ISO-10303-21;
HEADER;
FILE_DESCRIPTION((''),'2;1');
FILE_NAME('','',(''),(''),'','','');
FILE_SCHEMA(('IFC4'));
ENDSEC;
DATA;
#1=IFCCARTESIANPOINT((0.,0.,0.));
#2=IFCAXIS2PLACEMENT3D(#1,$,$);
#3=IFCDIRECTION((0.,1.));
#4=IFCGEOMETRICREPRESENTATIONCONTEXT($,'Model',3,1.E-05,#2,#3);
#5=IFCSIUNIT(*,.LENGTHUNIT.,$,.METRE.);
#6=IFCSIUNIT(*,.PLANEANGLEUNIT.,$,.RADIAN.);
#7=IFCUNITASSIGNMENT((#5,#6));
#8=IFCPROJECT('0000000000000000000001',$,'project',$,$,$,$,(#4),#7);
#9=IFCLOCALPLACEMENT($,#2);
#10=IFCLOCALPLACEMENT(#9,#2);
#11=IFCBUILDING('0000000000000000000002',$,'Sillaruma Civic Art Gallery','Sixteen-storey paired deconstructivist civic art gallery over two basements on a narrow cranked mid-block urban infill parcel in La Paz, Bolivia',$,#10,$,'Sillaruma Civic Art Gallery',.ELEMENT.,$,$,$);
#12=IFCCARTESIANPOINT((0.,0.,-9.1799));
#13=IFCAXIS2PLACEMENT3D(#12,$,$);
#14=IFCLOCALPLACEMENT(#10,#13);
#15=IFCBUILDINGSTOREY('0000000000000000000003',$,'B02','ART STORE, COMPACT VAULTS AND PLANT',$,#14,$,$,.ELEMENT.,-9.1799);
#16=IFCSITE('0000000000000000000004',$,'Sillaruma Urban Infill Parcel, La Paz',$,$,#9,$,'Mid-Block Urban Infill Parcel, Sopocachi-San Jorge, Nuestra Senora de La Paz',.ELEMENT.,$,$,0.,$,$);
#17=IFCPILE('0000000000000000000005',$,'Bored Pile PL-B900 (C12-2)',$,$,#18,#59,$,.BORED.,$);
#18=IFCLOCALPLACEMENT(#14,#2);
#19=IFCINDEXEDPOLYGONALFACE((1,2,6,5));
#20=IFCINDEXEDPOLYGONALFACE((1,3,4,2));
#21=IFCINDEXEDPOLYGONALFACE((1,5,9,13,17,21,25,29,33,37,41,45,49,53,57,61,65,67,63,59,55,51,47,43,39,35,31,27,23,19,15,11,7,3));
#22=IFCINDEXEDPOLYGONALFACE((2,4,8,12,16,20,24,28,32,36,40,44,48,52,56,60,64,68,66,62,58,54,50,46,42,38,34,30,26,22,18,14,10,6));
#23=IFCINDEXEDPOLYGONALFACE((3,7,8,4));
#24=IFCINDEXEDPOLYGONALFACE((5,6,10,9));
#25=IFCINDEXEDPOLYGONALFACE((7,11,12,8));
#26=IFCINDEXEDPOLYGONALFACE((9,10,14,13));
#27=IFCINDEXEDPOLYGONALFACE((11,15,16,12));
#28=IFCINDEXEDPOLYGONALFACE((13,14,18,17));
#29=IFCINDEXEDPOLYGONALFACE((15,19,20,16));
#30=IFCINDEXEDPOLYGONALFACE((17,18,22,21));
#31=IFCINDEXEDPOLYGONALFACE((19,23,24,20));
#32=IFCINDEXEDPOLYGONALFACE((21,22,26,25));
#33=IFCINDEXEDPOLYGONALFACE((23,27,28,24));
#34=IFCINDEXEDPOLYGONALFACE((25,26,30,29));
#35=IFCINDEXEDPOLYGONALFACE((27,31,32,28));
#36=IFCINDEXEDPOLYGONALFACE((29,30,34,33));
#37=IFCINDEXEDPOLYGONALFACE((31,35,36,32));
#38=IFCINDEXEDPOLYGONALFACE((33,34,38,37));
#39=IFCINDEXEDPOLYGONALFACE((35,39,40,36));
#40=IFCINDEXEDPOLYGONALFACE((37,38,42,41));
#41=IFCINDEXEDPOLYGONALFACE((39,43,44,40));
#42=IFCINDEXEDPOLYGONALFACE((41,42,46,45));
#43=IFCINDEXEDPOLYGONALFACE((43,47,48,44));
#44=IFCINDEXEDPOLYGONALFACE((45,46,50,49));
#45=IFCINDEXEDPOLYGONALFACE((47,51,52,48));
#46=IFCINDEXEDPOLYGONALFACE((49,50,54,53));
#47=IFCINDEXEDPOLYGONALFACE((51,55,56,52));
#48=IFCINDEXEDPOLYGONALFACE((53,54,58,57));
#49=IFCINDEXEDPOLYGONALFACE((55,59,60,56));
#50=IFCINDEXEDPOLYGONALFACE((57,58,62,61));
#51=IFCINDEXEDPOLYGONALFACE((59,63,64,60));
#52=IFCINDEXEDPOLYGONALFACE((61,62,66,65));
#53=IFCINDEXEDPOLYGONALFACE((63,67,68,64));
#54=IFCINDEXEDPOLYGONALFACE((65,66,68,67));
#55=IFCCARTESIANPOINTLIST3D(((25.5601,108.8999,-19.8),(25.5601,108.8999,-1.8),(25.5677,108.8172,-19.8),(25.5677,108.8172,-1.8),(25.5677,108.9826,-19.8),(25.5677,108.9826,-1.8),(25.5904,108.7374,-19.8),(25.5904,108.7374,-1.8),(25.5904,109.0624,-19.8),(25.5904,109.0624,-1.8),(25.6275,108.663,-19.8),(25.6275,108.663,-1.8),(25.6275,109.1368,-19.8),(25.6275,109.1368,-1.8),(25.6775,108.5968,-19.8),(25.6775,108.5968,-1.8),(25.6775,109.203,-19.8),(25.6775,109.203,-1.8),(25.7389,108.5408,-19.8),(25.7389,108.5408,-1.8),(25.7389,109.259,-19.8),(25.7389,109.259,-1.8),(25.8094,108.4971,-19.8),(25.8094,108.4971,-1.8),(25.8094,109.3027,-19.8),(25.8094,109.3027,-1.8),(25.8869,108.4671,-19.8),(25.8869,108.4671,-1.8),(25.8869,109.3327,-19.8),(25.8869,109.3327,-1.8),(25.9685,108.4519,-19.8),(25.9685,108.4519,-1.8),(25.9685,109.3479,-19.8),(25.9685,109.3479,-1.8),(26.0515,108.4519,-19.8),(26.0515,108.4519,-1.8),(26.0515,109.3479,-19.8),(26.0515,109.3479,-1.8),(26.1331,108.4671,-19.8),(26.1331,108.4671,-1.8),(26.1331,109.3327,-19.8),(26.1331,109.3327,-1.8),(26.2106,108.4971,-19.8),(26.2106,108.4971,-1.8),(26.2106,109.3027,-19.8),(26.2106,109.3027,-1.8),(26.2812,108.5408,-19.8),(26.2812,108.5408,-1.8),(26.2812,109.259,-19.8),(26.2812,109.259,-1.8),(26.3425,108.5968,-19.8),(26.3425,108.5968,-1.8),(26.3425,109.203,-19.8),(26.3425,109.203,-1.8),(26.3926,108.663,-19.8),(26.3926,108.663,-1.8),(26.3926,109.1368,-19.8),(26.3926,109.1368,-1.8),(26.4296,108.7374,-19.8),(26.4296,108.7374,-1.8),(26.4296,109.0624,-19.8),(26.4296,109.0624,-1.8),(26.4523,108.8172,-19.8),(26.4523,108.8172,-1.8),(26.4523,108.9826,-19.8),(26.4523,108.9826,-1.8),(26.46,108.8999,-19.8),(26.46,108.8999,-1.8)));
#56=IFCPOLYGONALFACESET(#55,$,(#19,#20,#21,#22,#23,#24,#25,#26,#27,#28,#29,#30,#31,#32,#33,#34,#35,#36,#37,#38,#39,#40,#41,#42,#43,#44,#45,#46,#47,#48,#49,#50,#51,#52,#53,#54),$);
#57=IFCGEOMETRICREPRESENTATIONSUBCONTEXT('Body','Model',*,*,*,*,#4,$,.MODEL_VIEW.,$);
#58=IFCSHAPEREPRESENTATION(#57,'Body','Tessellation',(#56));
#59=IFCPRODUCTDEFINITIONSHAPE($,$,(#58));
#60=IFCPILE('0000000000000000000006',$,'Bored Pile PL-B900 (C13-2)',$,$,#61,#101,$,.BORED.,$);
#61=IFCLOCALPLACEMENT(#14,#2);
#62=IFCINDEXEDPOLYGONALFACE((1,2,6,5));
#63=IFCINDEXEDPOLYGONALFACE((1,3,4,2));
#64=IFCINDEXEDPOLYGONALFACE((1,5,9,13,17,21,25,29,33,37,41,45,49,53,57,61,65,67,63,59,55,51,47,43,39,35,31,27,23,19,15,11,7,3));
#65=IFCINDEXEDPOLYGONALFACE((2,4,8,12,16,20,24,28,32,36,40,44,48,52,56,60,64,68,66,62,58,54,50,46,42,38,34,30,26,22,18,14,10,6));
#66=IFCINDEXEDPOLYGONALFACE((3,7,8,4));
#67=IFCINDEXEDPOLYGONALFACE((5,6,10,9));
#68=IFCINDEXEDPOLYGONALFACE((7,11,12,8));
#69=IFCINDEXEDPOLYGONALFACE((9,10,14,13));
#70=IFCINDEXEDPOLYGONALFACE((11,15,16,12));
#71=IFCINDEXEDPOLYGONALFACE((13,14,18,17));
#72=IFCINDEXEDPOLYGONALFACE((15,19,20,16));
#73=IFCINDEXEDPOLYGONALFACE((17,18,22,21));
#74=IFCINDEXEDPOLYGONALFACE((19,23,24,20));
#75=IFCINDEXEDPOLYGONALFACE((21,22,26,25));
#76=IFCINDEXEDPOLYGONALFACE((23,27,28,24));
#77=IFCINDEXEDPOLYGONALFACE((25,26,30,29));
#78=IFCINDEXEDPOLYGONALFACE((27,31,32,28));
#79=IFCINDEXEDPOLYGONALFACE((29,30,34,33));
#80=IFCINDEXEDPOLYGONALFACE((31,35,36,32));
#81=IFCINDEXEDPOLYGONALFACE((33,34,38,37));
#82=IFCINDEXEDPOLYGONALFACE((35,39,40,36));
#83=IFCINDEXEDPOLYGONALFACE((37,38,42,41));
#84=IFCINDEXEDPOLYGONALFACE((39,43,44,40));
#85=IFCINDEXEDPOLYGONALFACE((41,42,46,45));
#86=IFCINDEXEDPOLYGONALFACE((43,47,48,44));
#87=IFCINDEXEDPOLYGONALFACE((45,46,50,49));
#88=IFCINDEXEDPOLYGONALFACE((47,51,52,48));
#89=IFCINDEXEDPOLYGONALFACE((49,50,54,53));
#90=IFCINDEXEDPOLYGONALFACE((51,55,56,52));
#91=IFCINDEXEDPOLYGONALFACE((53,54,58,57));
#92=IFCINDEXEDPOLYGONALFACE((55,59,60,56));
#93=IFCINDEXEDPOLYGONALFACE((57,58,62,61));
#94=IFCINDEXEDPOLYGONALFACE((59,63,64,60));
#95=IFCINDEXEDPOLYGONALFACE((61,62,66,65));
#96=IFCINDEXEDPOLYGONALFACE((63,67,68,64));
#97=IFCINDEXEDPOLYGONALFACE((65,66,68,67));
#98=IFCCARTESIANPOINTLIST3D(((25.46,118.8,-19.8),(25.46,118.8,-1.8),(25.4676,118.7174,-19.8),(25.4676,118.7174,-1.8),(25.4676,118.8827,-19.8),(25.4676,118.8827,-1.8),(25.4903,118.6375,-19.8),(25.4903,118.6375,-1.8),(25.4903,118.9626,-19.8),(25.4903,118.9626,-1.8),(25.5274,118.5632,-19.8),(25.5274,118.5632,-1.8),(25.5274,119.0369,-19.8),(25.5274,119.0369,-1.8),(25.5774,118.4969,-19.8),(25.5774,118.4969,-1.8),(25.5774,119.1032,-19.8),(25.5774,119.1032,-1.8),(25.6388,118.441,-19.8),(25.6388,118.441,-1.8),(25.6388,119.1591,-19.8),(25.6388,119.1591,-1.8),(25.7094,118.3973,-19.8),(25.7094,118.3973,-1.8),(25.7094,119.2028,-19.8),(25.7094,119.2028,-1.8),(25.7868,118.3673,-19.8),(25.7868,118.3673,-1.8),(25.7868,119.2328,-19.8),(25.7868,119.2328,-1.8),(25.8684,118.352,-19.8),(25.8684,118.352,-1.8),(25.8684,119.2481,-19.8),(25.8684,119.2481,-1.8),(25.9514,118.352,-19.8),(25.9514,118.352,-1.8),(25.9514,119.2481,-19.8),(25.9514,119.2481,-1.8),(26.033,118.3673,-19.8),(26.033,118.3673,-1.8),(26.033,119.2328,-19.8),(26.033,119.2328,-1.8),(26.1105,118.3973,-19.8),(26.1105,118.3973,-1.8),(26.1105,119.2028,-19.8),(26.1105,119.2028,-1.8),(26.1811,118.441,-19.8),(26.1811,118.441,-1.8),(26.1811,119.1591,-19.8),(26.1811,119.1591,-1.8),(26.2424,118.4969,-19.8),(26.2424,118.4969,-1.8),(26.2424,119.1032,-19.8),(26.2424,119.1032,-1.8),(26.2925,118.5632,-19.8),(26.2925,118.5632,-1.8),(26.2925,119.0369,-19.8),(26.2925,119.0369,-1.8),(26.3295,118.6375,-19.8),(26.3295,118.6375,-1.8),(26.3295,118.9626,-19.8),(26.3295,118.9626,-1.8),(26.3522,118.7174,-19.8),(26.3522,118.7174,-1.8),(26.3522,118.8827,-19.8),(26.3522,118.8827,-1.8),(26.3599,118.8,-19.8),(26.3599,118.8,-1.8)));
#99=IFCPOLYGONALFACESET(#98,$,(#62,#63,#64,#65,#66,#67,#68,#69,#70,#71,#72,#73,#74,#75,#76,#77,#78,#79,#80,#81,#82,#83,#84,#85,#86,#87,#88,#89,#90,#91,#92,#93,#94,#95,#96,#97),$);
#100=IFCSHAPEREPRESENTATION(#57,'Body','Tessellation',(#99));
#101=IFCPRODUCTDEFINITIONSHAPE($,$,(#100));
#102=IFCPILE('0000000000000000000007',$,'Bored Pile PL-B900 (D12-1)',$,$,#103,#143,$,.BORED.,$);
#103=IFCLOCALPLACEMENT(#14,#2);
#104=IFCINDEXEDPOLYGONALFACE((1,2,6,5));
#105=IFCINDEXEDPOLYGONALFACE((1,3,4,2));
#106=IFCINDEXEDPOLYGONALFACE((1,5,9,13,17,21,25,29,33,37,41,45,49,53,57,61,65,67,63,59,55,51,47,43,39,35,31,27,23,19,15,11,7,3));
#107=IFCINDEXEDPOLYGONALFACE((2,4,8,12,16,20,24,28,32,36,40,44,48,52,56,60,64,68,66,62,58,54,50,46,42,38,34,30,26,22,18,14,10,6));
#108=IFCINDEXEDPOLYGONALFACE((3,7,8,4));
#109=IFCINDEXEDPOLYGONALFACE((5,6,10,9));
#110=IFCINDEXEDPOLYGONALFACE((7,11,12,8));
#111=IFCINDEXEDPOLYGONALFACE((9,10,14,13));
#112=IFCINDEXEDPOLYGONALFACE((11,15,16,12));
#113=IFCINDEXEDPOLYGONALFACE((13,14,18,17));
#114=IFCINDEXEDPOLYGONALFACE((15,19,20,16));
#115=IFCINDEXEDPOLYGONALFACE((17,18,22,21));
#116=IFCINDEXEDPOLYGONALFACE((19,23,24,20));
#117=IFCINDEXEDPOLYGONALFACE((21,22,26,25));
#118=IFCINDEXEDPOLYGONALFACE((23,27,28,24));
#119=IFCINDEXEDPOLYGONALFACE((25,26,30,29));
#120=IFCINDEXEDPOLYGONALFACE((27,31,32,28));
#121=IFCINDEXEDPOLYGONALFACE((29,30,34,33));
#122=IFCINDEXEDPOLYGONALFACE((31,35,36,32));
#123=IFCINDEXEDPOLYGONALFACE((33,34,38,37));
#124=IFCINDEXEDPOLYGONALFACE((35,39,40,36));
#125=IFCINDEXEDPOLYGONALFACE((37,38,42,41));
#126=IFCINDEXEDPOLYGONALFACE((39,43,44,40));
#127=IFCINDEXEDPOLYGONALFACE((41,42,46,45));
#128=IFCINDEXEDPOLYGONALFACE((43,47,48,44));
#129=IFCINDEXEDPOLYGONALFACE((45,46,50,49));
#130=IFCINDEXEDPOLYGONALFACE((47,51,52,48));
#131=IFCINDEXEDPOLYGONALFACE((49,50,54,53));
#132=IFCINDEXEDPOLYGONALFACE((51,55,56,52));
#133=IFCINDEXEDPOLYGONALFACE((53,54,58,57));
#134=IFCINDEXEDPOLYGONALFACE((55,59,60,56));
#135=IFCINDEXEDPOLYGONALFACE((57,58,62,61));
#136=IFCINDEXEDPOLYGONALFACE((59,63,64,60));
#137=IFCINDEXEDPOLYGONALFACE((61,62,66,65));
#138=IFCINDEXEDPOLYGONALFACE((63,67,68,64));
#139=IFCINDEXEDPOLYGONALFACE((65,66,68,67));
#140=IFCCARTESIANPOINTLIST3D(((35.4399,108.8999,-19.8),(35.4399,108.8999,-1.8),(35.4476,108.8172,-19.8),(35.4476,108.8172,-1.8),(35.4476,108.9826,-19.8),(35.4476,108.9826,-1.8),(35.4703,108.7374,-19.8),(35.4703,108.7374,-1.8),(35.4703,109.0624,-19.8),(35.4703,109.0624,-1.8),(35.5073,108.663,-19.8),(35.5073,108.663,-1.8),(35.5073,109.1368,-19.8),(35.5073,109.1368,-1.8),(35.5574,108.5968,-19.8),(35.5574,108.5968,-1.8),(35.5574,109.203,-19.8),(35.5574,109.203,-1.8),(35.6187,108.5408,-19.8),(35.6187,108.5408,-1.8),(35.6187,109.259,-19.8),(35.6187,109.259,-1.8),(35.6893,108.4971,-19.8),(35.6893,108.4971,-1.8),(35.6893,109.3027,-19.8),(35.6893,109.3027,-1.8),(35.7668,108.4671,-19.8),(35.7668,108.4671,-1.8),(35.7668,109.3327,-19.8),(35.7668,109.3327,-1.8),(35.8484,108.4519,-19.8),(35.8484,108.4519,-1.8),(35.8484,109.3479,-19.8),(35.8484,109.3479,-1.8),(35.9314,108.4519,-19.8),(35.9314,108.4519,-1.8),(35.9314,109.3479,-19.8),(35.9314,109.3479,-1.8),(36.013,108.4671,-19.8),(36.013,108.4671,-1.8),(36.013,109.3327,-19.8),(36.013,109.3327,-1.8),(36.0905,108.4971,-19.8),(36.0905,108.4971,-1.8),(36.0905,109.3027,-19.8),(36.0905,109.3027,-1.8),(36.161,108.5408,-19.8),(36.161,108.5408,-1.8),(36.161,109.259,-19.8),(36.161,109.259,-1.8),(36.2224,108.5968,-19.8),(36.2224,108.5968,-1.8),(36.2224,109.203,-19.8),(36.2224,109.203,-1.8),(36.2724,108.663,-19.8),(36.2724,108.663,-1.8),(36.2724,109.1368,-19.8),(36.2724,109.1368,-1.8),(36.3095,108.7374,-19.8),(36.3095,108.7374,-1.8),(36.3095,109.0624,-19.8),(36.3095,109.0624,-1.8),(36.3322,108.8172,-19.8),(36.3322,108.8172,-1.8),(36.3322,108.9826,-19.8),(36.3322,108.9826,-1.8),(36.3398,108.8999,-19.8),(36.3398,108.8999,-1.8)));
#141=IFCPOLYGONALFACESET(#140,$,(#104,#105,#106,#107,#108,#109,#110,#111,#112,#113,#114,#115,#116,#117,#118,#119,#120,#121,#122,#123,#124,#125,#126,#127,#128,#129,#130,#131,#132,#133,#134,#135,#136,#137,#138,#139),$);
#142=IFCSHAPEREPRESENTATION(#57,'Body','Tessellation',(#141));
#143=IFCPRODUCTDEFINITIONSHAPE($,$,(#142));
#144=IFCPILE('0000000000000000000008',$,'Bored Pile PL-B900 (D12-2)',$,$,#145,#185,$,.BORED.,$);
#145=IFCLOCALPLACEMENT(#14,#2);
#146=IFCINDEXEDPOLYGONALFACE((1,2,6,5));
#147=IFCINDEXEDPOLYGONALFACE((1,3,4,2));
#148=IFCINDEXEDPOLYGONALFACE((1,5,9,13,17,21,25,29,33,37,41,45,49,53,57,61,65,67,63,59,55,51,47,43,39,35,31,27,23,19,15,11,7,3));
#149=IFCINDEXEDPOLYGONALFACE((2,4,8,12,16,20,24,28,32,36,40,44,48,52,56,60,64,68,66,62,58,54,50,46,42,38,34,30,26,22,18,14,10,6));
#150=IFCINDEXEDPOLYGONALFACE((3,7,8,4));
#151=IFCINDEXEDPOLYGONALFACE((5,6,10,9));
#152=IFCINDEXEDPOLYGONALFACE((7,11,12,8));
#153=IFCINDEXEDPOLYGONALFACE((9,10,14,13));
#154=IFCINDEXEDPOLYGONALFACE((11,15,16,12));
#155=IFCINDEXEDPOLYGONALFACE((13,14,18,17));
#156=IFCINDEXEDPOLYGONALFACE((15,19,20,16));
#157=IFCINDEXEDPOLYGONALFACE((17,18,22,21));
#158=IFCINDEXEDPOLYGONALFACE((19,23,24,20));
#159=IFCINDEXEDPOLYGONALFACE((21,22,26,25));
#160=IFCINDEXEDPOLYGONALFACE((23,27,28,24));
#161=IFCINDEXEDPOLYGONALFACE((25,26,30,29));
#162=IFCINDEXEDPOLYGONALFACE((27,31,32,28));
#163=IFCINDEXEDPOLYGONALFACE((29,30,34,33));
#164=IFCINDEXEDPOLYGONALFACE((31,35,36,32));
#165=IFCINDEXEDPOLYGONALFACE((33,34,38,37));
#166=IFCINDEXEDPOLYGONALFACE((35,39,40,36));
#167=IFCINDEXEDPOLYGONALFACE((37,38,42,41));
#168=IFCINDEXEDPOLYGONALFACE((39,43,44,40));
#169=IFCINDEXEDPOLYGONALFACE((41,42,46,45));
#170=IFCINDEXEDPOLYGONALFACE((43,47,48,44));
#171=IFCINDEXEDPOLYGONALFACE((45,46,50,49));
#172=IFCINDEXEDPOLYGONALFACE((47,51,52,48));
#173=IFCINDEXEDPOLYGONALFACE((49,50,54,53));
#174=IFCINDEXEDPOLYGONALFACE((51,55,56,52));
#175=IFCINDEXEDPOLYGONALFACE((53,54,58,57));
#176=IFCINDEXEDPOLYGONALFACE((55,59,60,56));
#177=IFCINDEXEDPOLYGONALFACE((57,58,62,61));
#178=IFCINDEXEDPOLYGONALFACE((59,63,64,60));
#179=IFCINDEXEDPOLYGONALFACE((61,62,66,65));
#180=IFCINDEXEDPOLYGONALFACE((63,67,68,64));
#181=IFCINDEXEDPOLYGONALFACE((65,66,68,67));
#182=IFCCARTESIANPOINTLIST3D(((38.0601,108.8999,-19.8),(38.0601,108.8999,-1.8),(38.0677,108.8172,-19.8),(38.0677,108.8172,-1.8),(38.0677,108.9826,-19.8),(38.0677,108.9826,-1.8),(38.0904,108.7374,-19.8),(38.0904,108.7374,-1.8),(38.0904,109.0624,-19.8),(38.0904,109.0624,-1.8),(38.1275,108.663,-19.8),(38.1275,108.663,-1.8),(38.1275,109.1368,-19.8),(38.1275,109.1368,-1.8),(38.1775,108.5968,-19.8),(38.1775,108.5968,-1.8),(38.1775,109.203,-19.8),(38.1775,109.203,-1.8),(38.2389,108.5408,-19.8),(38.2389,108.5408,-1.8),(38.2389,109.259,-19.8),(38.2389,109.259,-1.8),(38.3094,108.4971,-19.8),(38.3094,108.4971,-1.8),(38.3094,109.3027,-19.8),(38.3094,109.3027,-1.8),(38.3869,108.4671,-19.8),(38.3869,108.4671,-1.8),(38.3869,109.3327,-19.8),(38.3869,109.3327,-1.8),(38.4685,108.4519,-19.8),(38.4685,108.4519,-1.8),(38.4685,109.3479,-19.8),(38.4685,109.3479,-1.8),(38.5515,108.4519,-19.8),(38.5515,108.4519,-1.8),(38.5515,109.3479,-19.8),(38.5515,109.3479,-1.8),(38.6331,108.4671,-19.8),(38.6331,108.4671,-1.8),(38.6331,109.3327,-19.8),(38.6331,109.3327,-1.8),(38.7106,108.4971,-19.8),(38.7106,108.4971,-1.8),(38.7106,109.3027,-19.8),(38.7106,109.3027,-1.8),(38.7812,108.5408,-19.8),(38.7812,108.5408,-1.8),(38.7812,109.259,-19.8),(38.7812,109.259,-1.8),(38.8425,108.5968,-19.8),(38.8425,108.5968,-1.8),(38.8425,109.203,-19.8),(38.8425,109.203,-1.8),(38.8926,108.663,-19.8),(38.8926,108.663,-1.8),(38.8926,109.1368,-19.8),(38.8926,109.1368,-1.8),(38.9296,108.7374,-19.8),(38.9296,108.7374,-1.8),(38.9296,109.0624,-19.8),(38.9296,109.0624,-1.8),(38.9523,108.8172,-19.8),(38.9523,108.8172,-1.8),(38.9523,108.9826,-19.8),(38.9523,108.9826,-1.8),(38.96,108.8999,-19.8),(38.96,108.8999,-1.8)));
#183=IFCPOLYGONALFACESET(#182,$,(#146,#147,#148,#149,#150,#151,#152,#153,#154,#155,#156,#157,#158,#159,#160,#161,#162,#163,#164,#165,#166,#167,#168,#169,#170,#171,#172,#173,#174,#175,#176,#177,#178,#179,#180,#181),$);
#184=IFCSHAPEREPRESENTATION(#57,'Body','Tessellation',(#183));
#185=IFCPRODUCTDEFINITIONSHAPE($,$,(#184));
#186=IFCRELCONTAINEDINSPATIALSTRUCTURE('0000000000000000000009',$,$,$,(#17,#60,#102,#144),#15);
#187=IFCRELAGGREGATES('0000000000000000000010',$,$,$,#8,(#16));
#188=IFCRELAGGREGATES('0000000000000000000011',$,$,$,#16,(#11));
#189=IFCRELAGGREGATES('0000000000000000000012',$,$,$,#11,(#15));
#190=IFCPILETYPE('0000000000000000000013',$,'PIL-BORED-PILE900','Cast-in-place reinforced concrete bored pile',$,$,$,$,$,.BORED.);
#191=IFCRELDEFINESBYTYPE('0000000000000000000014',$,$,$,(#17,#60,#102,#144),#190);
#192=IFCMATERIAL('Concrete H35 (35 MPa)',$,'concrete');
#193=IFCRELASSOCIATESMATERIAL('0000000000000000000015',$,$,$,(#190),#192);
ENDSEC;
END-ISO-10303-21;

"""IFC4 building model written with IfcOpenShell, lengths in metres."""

from ifc_helpers import new_model, si_unit, direction, frame, origin, origin_2d, place, context, subcontext, project, spatial, circle, extrude, material, material_profile, profile_set, type_object, element, save


model = new_model("IFC4")

# Units and contexts
model_context = context("Model", 3, precision=1e-05, world=origin(), true_north=direction((0.0, 1.0)))
body_context = subcontext(model_context, "Body", "Model", "MODEL_VIEW")
ifc_project = project(units=[si_unit("LENGTHUNIT", "METRE"), si_unit("PLANEANGLEUNIT", "RADIAN")], contexts=[model_context])

# Site, building, storey
site_placement = place(None, origin())
site = spatial("IfcSite", under=ifc_project, at=site_placement, Name="Sillaruma Urban Infill Parcel, La Paz", LongName="Mid-Block Urban Infill Parcel, Sopocachi-San Jorge, Nuestra Senora de La Paz", CompositionType="ELEMENT", RefElevation=0.0)
building_placement = place(site_placement, origin())
building = spatial("IfcBuilding", under=site, at=building_placement, Name="Sillaruma Civic Art Gallery", Description="Sixteen-storey paired deconstructivist civic art gallery over two basements on a narrow cranked mid-block urban infill parcel in La Paz, Bolivia", LongName="Sillaruma Civic Art Gallery", CompositionType="ELEMENT")
storey_placement = place(building_placement, frame((0.0, 0.0, -9.1799)))
storey = spatial("IfcBuildingStorey", under=building, at=storey_placement, Name="B02", Description="ART STORE, COMPACT VAULTS AND PLANT", CompositionType="ELEMENT", Elevation=-9.1799)

# Shared definitions
ifc_material_1 = material(Name="Concrete H35 (35 MPa)", Category="concrete")

# Piles
ifc_material_profile_1 = material_profile(ifc_material_1, circle(Radius=0.45, at=origin_2d()), Name="PILE900")
ifc_profile_set_1 = profile_set([ifc_material_profile_1], Name="Concrete H35 (35 MPa)")
pile_type_1 = type_object("IfcPileType", Name="PIL-BORED-PILE900", Description="Cast-in-place reinforced concrete bored pile", PredefinedType="BORED", material=ifc_profile_set_1)
for number, where, z_axis, x_axis, name in (
    (1, (26.01, 108.8999, -1.8), (0.0, 0.0, -1.0), (1.0, 0.0, 0.0), "Bored Pile PL-B900 (C12-2)"),
    (2, (25.9099, 118.8, -1.8), (0.0, 0.0, -1.0), (1.0, 0.0, 0.0), "Bored Pile PL-B900 (C13-2)"),
    (3, (35.8899, 108.8999, -1.8), (0.0, 0.0, -1.0), (1.0, 0.0, 0.0), "Bored Pile PL-B900 (D12-1)"),
    (4, (38.51, 108.8999, -1.8), (0.0, 0.0, -1.0), (1.0, 0.0, 0.0), "Bored Pile PL-B900 (D12-2)"),
):
    element("IfcPile", number, at=place(storey_placement, frame(where, z_axis=z_axis, x_axis=x_axis)), inside=storey, type_object=pile_type_1, Name=name, PredefinedType="BORED", context=body_context, shape_type="SweptSolid", body=[
        extrude(circle(Radius=0.45, at=origin_2d()), origin(), (0.0, 0.0, 1.0), 18.0),
    ])

save(model, "model.ifc")
